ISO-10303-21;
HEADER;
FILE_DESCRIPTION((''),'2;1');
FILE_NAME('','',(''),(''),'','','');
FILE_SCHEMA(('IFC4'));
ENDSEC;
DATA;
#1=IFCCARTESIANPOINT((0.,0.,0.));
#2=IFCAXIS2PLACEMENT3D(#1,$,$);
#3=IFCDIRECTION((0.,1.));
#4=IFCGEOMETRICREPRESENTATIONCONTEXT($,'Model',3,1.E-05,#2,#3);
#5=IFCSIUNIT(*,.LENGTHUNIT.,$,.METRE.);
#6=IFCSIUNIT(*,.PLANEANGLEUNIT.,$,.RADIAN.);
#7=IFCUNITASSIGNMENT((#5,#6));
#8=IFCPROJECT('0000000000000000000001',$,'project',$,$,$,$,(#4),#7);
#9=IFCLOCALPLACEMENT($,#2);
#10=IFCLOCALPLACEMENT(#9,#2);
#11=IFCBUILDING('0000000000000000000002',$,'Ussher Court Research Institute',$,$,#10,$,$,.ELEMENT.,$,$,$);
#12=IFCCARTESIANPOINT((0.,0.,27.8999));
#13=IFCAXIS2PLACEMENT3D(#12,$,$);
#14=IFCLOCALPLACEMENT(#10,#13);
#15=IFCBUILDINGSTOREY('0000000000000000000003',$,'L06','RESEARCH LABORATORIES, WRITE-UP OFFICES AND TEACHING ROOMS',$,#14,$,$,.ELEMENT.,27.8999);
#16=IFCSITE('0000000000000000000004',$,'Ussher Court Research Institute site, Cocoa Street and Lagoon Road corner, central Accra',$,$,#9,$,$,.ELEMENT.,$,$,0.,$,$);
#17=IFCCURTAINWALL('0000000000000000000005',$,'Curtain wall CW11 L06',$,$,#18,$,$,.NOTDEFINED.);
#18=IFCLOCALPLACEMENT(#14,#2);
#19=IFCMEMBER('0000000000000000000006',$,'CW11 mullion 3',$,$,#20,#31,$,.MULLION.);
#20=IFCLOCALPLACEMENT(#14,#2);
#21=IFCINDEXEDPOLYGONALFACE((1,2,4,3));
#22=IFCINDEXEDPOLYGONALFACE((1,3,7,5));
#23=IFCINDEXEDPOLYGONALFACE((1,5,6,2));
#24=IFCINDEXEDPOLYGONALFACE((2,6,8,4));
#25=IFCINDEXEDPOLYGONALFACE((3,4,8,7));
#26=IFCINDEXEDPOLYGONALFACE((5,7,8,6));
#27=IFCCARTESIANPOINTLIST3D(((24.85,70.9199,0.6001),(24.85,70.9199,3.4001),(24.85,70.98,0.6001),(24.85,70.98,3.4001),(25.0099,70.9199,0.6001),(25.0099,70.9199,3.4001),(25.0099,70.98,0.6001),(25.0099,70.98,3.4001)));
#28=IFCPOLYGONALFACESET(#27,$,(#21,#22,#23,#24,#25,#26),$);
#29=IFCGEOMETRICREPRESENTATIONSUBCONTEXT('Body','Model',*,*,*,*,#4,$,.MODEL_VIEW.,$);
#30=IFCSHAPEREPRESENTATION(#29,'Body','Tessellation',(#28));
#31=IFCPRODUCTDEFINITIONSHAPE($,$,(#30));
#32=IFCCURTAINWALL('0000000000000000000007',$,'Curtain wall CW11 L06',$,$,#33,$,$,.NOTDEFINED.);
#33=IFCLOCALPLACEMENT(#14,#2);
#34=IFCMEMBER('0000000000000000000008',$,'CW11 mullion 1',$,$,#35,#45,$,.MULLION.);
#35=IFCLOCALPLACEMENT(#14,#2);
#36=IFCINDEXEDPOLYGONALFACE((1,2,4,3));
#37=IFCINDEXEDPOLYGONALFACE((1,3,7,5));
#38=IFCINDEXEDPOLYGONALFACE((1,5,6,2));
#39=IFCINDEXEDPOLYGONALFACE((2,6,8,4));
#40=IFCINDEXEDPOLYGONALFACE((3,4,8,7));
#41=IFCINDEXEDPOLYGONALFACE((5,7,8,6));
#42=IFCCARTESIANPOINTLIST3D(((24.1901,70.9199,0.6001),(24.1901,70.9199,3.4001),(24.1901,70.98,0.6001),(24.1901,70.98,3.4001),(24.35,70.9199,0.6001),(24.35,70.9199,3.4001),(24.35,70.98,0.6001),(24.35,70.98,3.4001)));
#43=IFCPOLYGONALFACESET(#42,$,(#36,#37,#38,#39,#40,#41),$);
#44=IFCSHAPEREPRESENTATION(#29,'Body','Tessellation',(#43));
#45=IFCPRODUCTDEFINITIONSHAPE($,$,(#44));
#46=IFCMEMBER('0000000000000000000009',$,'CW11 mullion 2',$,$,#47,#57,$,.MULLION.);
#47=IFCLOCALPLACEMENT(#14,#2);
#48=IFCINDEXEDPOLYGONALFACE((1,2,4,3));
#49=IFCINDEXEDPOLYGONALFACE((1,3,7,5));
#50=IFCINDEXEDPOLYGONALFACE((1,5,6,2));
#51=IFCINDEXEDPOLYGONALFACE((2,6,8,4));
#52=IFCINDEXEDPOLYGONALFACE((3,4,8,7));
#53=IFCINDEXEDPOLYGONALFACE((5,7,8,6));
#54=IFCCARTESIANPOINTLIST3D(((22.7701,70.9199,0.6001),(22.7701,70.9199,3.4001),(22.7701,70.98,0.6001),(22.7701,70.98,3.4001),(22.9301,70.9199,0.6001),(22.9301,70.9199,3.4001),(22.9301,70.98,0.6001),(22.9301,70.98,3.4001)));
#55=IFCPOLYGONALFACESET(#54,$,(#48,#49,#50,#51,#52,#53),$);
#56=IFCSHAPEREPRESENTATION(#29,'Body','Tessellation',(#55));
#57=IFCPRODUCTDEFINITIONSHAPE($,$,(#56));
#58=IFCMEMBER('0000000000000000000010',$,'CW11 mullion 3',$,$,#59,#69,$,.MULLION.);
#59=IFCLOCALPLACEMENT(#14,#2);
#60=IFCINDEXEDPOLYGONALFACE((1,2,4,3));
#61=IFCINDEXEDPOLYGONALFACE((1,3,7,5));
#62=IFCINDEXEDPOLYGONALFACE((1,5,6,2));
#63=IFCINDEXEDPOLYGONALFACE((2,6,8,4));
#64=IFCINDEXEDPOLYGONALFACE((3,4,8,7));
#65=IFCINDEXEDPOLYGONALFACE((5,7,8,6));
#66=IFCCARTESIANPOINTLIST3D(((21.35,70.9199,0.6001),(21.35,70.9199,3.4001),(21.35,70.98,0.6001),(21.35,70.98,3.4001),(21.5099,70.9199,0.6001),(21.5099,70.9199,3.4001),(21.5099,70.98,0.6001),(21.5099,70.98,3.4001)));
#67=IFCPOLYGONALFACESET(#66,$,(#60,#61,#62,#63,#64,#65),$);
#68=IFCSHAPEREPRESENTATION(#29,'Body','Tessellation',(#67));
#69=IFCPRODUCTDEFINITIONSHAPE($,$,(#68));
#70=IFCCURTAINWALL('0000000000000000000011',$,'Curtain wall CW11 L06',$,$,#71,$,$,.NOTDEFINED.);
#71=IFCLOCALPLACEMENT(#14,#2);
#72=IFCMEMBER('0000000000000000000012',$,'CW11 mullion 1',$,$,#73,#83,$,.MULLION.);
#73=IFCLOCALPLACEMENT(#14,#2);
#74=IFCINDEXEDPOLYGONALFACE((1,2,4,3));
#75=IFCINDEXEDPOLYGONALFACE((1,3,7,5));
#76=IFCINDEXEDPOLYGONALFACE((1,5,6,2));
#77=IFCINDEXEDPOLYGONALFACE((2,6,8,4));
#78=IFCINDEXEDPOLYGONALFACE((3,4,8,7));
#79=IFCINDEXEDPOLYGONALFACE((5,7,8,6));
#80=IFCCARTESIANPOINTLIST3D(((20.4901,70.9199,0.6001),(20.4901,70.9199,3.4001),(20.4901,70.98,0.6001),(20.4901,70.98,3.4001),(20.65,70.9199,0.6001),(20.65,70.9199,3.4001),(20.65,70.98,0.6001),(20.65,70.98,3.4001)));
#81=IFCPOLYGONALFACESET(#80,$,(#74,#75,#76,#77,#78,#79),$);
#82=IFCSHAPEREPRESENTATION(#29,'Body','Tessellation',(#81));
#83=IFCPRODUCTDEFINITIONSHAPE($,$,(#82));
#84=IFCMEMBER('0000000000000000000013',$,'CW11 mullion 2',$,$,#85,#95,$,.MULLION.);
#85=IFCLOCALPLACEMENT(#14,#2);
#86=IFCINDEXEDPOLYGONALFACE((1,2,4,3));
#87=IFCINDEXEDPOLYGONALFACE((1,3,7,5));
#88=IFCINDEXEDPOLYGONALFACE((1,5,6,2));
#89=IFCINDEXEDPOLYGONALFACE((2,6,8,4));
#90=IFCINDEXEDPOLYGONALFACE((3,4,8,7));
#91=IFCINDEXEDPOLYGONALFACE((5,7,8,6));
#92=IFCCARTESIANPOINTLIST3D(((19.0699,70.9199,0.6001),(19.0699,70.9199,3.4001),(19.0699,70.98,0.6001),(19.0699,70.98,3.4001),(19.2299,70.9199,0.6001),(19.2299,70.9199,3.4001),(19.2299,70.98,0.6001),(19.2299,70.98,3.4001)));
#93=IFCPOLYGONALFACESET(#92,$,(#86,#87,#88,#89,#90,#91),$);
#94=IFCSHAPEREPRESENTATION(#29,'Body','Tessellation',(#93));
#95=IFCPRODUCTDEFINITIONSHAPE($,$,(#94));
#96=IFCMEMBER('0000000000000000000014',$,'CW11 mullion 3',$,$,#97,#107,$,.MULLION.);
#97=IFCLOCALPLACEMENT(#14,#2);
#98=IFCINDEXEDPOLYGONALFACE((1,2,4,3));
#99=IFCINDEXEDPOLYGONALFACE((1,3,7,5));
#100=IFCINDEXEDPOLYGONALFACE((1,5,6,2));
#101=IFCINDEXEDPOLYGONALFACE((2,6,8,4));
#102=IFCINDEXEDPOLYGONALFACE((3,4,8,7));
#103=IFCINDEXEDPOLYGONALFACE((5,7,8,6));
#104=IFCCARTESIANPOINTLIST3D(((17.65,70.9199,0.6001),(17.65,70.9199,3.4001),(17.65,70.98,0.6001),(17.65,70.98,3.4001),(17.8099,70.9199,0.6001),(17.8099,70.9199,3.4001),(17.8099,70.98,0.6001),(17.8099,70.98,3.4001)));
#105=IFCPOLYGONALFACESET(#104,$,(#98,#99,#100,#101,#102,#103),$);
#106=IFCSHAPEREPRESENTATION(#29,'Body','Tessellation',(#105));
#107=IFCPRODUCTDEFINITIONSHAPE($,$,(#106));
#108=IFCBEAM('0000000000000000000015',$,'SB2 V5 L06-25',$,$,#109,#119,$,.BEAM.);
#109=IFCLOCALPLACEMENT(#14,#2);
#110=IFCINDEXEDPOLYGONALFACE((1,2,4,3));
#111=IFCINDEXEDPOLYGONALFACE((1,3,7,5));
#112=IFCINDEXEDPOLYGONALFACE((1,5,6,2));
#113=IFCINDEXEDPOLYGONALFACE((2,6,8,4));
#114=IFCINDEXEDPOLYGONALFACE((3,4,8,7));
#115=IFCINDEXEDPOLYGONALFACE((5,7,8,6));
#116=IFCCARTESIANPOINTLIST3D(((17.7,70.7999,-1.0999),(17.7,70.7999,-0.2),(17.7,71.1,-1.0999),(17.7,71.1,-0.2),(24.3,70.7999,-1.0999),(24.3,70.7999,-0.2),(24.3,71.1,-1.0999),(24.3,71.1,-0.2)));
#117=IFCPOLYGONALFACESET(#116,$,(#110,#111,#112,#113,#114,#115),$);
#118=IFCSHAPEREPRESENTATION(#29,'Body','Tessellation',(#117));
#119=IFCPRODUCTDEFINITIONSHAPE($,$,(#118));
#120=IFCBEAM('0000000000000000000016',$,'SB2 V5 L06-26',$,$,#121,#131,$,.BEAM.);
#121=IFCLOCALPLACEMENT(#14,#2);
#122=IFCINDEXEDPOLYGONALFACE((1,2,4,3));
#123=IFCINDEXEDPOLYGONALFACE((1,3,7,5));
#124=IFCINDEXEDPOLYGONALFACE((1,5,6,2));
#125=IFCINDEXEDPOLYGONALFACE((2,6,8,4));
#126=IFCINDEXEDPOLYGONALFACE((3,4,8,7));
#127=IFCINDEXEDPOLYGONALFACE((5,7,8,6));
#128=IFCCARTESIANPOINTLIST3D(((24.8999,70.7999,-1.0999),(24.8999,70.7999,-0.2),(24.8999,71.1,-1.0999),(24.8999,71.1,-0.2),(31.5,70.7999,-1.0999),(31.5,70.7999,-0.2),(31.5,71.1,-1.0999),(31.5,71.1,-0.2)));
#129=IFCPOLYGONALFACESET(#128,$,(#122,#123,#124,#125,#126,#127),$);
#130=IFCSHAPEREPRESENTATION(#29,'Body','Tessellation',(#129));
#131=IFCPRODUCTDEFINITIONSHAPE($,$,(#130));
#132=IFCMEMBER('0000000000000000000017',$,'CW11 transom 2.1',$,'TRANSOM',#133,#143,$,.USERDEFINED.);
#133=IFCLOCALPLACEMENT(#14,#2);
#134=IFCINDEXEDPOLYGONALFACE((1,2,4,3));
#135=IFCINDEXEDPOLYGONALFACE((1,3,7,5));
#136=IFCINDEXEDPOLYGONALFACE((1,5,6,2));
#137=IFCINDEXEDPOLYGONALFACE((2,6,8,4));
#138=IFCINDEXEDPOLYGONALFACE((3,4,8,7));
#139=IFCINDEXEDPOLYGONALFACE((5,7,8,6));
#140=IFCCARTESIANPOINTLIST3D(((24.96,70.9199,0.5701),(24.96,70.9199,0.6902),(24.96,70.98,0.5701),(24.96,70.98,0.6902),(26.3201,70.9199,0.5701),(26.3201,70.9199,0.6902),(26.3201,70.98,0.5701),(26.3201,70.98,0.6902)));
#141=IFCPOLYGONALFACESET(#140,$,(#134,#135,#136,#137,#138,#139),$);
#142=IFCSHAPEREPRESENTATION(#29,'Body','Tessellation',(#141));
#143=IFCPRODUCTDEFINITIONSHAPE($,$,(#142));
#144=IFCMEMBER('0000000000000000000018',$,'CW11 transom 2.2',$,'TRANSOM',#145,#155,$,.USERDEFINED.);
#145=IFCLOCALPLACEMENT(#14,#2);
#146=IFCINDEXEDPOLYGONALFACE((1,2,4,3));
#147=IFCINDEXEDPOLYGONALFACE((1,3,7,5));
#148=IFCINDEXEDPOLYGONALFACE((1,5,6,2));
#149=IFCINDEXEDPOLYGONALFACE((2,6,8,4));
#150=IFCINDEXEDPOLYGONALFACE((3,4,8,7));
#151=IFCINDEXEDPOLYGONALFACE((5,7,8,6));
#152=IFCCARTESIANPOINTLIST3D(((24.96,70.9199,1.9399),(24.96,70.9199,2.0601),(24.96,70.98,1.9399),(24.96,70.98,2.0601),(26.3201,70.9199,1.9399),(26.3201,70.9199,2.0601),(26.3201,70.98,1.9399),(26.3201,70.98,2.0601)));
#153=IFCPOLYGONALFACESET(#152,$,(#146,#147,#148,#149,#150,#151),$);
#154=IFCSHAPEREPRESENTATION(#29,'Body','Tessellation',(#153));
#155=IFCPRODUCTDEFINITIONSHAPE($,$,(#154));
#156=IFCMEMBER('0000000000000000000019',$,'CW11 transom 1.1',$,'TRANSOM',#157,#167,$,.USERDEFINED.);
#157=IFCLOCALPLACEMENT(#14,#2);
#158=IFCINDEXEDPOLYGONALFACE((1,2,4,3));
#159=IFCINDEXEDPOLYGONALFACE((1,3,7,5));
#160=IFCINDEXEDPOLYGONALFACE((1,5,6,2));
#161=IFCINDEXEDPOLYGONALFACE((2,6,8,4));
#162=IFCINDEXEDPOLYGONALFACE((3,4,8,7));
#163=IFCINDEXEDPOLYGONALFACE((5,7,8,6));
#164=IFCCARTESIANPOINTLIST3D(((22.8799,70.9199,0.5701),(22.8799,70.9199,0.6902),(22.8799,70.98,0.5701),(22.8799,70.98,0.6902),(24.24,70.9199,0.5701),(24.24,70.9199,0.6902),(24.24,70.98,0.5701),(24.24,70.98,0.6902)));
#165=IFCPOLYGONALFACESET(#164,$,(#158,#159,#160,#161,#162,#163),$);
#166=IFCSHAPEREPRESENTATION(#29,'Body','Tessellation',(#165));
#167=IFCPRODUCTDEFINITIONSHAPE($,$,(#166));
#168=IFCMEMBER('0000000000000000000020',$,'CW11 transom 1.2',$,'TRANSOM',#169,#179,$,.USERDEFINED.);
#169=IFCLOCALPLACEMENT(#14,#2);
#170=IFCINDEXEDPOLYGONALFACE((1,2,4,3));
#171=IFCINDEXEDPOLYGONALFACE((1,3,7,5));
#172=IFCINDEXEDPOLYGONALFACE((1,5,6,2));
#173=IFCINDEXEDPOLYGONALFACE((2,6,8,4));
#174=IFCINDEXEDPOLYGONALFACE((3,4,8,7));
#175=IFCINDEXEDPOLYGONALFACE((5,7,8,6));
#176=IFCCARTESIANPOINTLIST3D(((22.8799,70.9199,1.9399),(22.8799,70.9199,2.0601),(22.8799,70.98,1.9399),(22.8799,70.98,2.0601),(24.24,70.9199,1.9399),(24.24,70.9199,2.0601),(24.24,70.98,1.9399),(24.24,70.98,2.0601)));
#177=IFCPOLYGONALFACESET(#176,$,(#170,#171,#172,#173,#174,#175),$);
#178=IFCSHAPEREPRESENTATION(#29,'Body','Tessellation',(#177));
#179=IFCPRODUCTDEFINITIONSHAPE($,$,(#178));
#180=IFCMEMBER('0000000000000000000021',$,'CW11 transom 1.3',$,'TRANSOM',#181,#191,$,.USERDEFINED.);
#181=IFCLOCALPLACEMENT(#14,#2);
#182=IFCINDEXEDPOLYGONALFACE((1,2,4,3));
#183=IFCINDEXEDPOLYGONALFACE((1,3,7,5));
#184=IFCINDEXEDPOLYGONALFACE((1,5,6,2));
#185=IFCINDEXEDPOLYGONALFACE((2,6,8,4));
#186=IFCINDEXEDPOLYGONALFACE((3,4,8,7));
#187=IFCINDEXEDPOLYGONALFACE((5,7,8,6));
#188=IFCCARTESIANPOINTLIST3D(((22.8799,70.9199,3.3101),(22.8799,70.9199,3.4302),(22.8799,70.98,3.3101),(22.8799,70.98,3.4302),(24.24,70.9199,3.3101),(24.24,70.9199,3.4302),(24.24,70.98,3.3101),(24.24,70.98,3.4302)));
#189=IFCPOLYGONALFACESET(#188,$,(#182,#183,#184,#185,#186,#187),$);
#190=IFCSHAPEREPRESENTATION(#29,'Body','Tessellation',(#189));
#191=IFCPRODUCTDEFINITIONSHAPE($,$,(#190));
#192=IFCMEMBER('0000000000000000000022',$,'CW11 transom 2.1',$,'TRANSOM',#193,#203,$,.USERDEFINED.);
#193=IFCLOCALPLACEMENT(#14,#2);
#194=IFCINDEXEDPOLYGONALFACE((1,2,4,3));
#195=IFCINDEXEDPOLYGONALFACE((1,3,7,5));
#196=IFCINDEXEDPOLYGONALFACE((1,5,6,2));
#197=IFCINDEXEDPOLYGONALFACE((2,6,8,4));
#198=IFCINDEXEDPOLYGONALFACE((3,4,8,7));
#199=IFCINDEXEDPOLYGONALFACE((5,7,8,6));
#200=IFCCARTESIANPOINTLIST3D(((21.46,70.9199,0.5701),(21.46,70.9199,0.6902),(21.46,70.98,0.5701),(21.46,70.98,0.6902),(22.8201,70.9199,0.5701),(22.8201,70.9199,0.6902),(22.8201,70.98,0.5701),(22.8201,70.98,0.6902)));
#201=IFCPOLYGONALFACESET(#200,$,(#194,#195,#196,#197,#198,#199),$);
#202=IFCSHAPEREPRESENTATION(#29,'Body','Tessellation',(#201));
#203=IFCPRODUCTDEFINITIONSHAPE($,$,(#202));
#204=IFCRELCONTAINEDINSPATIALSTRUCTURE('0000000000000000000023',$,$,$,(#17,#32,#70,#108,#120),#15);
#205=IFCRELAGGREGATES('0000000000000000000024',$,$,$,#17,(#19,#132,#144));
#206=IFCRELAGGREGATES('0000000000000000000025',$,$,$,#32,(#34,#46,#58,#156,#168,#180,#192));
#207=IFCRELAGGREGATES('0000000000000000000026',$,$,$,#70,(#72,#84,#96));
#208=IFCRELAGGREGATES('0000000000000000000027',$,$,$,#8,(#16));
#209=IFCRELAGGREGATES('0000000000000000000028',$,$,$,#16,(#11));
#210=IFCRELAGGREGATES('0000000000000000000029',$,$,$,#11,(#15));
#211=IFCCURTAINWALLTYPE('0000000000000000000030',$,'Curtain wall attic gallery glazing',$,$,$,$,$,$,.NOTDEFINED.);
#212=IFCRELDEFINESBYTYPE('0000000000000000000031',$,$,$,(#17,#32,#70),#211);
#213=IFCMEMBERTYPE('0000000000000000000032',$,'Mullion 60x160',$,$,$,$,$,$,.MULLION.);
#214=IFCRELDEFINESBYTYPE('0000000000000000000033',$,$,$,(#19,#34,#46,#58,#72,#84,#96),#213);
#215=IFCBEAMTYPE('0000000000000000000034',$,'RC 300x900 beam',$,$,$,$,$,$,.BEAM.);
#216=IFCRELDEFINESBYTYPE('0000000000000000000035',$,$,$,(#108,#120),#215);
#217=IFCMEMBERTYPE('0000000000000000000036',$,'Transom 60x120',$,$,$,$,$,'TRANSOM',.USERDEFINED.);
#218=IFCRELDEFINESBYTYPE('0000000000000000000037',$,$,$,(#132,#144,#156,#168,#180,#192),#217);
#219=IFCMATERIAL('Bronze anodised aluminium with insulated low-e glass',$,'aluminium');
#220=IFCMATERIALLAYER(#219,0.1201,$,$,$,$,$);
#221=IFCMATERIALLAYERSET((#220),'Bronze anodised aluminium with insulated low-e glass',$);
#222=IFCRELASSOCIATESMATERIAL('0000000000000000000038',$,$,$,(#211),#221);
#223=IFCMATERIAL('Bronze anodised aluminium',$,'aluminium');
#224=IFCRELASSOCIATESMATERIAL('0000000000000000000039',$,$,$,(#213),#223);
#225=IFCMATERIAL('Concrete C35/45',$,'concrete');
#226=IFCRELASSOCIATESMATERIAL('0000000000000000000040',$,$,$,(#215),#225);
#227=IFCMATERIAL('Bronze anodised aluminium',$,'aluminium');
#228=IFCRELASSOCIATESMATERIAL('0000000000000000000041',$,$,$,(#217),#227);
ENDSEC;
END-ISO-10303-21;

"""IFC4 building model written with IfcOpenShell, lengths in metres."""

from ifc_helpers import new_model, si_unit, direction, frame, origin, origin_2d, place, context, subcontext, project, spatial, rectangle, extrude, material, layer, layer_set, material_profile, profile_set, type_object, element, aggregate, save


model = new_model("IFC4")

# Units and contexts
model_context = context("Model", 3, precision=1e-05, world=origin(), true_north=direction((0.0, 1.0)))
body_context = subcontext(model_context, "Body", "Model", "MODEL_VIEW")
ifc_project = project(units=[si_unit("LENGTHUNIT", "METRE"), si_unit("PLANEANGLEUNIT", "RADIAN")], contexts=[model_context])

# Site, building, storey
site_placement = place(None, origin())
site = spatial("IfcSite", under=ifc_project, at=site_placement, Name="Ussher Court Research Institute site, Cocoa Street and Lagoon Road corner, central Accra", CompositionType="ELEMENT", RefElevation=0.0)
building_placement = place(site_placement, origin())
building = spatial("IfcBuilding", under=site, at=building_placement, Name="Ussher Court Research Institute", CompositionType="ELEMENT")
storey_placement = place(building_placement, frame((0.0, 0.0, 27.8999)))
storey = spatial("IfcBuildingStorey", under=building, at=storey_placement, Name="L06", Description="RESEARCH LABORATORIES, WRITE-UP OFFICES AND TEACHING ROOMS", CompositionType="ELEMENT", Elevation=27.8999)

# Curtain wall, member
ifc_material_1 = material(Name="Bronze anodised aluminium with insulated low-e glass", Category="aluminium")
ifc_layer_1 = layer(ifc_material_1, 0.1201)
ifc_layer_set_1 = layer_set([ifc_layer_1], Name="Bronze anodised aluminium with insulated low-e glass")
curtain_wall_type = type_object("IfcCurtainWallType", Name="Curtain wall attic gallery glazing", PredefinedType="NOTDEFINED", material=ifc_layer_set_1)
curtain_wall_1_placement = place(storey_placement, origin())
curtain_wall_1 = element("IfcCurtainWall", 1, at=curtain_wall_1_placement, inside=storey, type_object=curtain_wall_type, Name="Curtain wall CW11 L06", PredefinedType="NOTDEFINED")
ifc_material_2 = material(Name="Bronze anodised aluminium", Category="aluminium")
ifc_material_profile_1 = material_profile(ifc_material_2, rectangle(XDim=0.0601, YDim=0.1599, at=origin_2d()), Name="Mullion 60x160")
ifc_profile_set_1 = profile_set([ifc_material_profile_1], Name="Bronze anodised aluminium")
member_type_1 = type_object("IfcMemberType", Name="Mullion 60x160", PredefinedType="MULLION", material=ifc_profile_set_1)
member_1_placement = place(storey_placement, frame((24.9299, 70.95, 0.6001), z_axis=(0.0, 0.0, 1.0), x_axis=(0.0, -1.0, 0.0)))
member_1 = element("IfcMember", 2, at=member_1_placement, type_object=member_type_1, Name="CW11 mullion 3", PredefinedType="MULLION", context=body_context, shape_type="SweptSolid", body=[
    extrude(rectangle(XDim=0.0601, YDim=0.1599, at=origin_2d()), origin(), (0.0, 0.0, 1.0), 2.8),
])

# Curtain walls, members
curtain_wall_2_placement = place(storey_placement, origin())
curtain_wall_2 = element("IfcCurtainWall", 3, at=curtain_wall_2_placement, inside=storey, type_object=curtain_wall_type, Name="Curtain wall CW11 L06", PredefinedType="NOTDEFINED")
member_2_placement = place(storey_placement, frame((24.27, 70.95, 0.6001), z_axis=(0.0, 0.0, 1.0), x_axis=(0.0, -1.0, 0.0)))
member_2 = element("IfcMember", 4, at=member_2_placement, type_object=member_type_1, Name="CW11 mullion 1", PredefinedType="MULLION", context=body_context, shape_type="SweptSolid", body=[
    extrude(rectangle(XDim=0.0601, YDim=0.1599, at=origin_2d()), origin(), (0.0, 0.0, 1.0), 2.8),
])
member_3_placement = place(storey_placement, frame((22.8501, 70.95, 0.6001), z_axis=(0.0, 0.0, 1.0), x_axis=(0.0, -1.0, 0.0)))
member_3 = element("IfcMember", 5, at=member_3_placement, type_object=member_type_1, Name="CW11 mullion 2", PredefinedType="MULLION", context=body_context, shape_type="SweptSolid", body=[
    extrude(rectangle(XDim=0.0601, YDim=0.1599, at=origin_2d()), origin(), (0.0, 0.0, 1.0), 2.8),
])
member_4_placement = place(storey_placement, frame((21.4299, 70.95, 0.6001), z_axis=(0.0, 0.0, 1.0), x_axis=(0.0, -1.0, 0.0)))
member_4 = element("IfcMember", 6, at=member_4_placement, type_object=member_type_1, Name="CW11 mullion 3", PredefinedType="MULLION", context=body_context, shape_type="SweptSolid", body=[
    extrude(rectangle(XDim=0.0601, YDim=0.1599, at=origin_2d()), origin(), (0.0, 0.0, 1.0), 2.8),
])
curtain_wall_3_placement = place(storey_placement, origin())
curtain_wall_3 = element("IfcCurtainWall", 7, at=curtain_wall_3_placement, inside=storey, type_object=curtain_wall_type, Name="Curtain wall CW11 L06", PredefinedType="NOTDEFINED")
member_5_placement = place(storey_placement, frame((20.5701, 70.95, 0.6001), z_axis=(0.0, 0.0, 1.0), x_axis=(0.0, -1.0, 0.0)))
member_5 = element("IfcMember", 8, at=member_5_placement, type_object=member_type_1, Name="CW11 mullion 1", PredefinedType="MULLION", context=body_context, shape_type="SweptSolid", body=[
    extrude(rectangle(XDim=0.0601, YDim=0.1599, at=origin_2d()), origin(), (0.0, 0.0, 1.0), 2.8),
])
member_6_placement = place(storey_placement, frame((19.1499, 70.95, 0.6001), z_axis=(0.0, 0.0, 1.0), x_axis=(0.0, -1.0, 0.0)))
member_6 = element("IfcMember", 9, at=member_6_placement, type_object=member_type_1, Name="CW11 mullion 2", PredefinedType="MULLION", context=body_context, shape_type="SweptSolid", body=[
    extrude(rectangle(XDim=0.0601, YDim=0.1599, at=origin_2d()), origin(), (0.0, 0.0, 1.0), 2.8),
])
member_7_placement = place(storey_placement, frame((17.73, 70.95, 0.6001), z_axis=(0.0, 0.0, 1.0), x_axis=(0.0, -1.0, 0.0)))
member_7 = element("IfcMember", 10, at=member_7_placement, type_object=member_type_1, Name="CW11 mullion 3", PredefinedType="MULLION", context=body_context, shape_type="SweptSolid", body=[
    extrude(rectangle(XDim=0.0601, YDim=0.1599, at=origin_2d()), origin(), (0.0, 0.0, 1.0), 2.8),
])

# Beams
ifc_material_3 = material(Name="Concrete C35/45", Category="concrete")
ifc_material_profile_2 = material_profile(ifc_material_3, rectangle(XDim=0.3, YDim=0.8999, at=origin_2d()), Name="RC 300x900")
ifc_profile_set_2 = profile_set([ifc_material_profile_2], Name="Concrete C35/45")
beam_type = type_object("IfcBeamType", Name="RC 300x900 beam", PredefinedType="BEAM", material=ifc_profile_set_2)
for number, where, z_axis, x_axis, name in (
    (11, (17.7, 70.95, -0.6499), (1.0, 0.0, 0.0), (0.0, 1.0, 0.0), "SB2 V5 L06-25"),
    (12, (24.8999, 70.95, -0.6499), (1.0, 0.0, 0.0), (0.0, 1.0, 0.0), "SB2 V5 L06-26"),
):
    element("IfcBeam", number, at=place(storey_placement, frame(where, z_axis=z_axis, x_axis=x_axis)), inside=storey, type_object=beam_type, Name=name, PredefinedType="BEAM", context=body_context, shape_type="SweptSolid", body=[
        extrude(rectangle(XDim=0.3, YDim=0.8999, at=origin_2d()), origin(), (0.0, 0.0, 1.0), 6.6001),
    ])

# Members
ifc_material_4 = material(Name="Bronze anodised aluminium", Category="aluminium")
ifc_material_profile_3 = material_profile(ifc_material_4, rectangle(XDim=0.0601, YDim=0.1201, at=origin_2d()), Name="Transom 60x120")
ifc_profile_set_3 = profile_set([ifc_material_profile_3], Name="Bronze anodised aluminium")
member_type_2 = type_object("IfcMemberType", Name="Transom 60x120", ElementType="TRANSOM", PredefinedType="USERDEFINED", material=ifc_profile_set_3)
member_8_placement = place(storey_placement, frame((26.3201, 70.95, 0.6301), z_axis=(-1.0, 0.0, 0.0), x_axis=(0.0, -1.0, 0.0)))
member_8 = element("IfcMember", 13, at=member_8_placement, type_object=member_type_2, Name="CW11 transom 2.1", ObjectType="TRANSOM", PredefinedType="USERDEFINED", context=body_context, shape_type="SweptSolid", body=[
    extrude(rectangle(XDim=0.0601, YDim=0.1201, at=origin_2d()), origin(), (0.0, 0.0, 1.0), 1.3601),
])
member_9_placement = place(storey_placement, frame((26.3201, 70.95, 2.0), z_axis=(-1.0, 0.0, 0.0), x_axis=(0.0, -1.0, 0.0)))
member_9 = element("IfcMember", 14, at=member_9_placement, type_object=member_type_2, Name="CW11 transom 2.2", ObjectType="TRANSOM", PredefinedType="USERDEFINED", context=body_context, shape_type="SweptSolid", body=[
    extrude(rectangle(XDim=0.0601, YDim=0.1201, at=origin_2d()), origin(), (0.0, 0.0, 1.0), 1.3601),
])
member_10_placement = place(storey_placement, frame((24.24, 70.95, 0.6301), z_axis=(-1.0, 0.0, 0.0), x_axis=(0.0, -1.0, 0.0)))
member_10 = element("IfcMember", 15, at=member_10_placement, type_object=member_type_2, Name="CW11 transom 1.1", ObjectType="TRANSOM", PredefinedType="USERDEFINED", context=body_context, shape_type="SweptSolid", body=[
    extrude(rectangle(XDim=0.0601, YDim=0.1201, at=origin_2d()), origin(), (0.0, 0.0, 1.0), 1.3601),
])
member_11_placement = place(storey_placement, frame((24.24, 70.95, 2.0), z_axis=(-1.0, 0.0, 0.0), x_axis=(0.0, -1.0, 0.0)))
member_11 = element("IfcMember", 16, at=member_11_placement, type_object=member_type_2, Name="CW11 transom 1.2", ObjectType="TRANSOM", PredefinedType="USERDEFINED", context=body_context, shape_type="SweptSolid", body=[
    extrude(rectangle(XDim=0.0601, YDim=0.1201, at=origin_2d()), origin(), (0.0, 0.0, 1.0), 1.3601),
])
member_12_placement = place(storey_placement, frame((24.24, 70.95, 3.3701), z_axis=(-1.0, 0.0, 0.0), x_axis=(0.0, -1.0, 0.0)))
member_12 = element("IfcMember", 17, at=member_12_placement, type_object=member_type_2, Name="CW11 transom 1.3", ObjectType="TRANSOM", PredefinedType="USERDEFINED", context=body_context, shape_type="SweptSolid", body=[
    extrude(rectangle(XDim=0.0601, YDim=0.1201, at=origin_2d()), origin(), (0.0, 0.0, 1.0), 1.3601),
])
member_13_placement = place(storey_placement, frame((22.8201, 70.95, 0.6301), z_axis=(-1.0, 0.0, 0.0), x_axis=(0.0, -1.0, 0.0)))
member_13 = element("IfcMember", 18, at=member_13_placement, type_object=member_type_2, Name="CW11 transom 2.1", ObjectType="TRANSOM", PredefinedType="USERDEFINED", context=body_context, shape_type="SweptSolid", body=[
    extrude(rectangle(XDim=0.0601, YDim=0.1201, at=origin_2d()), origin(), (0.0, 0.0, 1.0), 1.3601),
])

aggregate(curtain_wall_1, [member_1, member_8, member_9])
aggregate(curtain_wall_2, [member_2, member_3, member_4, member_10, member_11, member_12, member_13])
aggregate(curtain_wall_3, [member_5, member_6, member_7])

save(model, "model.ifc")
